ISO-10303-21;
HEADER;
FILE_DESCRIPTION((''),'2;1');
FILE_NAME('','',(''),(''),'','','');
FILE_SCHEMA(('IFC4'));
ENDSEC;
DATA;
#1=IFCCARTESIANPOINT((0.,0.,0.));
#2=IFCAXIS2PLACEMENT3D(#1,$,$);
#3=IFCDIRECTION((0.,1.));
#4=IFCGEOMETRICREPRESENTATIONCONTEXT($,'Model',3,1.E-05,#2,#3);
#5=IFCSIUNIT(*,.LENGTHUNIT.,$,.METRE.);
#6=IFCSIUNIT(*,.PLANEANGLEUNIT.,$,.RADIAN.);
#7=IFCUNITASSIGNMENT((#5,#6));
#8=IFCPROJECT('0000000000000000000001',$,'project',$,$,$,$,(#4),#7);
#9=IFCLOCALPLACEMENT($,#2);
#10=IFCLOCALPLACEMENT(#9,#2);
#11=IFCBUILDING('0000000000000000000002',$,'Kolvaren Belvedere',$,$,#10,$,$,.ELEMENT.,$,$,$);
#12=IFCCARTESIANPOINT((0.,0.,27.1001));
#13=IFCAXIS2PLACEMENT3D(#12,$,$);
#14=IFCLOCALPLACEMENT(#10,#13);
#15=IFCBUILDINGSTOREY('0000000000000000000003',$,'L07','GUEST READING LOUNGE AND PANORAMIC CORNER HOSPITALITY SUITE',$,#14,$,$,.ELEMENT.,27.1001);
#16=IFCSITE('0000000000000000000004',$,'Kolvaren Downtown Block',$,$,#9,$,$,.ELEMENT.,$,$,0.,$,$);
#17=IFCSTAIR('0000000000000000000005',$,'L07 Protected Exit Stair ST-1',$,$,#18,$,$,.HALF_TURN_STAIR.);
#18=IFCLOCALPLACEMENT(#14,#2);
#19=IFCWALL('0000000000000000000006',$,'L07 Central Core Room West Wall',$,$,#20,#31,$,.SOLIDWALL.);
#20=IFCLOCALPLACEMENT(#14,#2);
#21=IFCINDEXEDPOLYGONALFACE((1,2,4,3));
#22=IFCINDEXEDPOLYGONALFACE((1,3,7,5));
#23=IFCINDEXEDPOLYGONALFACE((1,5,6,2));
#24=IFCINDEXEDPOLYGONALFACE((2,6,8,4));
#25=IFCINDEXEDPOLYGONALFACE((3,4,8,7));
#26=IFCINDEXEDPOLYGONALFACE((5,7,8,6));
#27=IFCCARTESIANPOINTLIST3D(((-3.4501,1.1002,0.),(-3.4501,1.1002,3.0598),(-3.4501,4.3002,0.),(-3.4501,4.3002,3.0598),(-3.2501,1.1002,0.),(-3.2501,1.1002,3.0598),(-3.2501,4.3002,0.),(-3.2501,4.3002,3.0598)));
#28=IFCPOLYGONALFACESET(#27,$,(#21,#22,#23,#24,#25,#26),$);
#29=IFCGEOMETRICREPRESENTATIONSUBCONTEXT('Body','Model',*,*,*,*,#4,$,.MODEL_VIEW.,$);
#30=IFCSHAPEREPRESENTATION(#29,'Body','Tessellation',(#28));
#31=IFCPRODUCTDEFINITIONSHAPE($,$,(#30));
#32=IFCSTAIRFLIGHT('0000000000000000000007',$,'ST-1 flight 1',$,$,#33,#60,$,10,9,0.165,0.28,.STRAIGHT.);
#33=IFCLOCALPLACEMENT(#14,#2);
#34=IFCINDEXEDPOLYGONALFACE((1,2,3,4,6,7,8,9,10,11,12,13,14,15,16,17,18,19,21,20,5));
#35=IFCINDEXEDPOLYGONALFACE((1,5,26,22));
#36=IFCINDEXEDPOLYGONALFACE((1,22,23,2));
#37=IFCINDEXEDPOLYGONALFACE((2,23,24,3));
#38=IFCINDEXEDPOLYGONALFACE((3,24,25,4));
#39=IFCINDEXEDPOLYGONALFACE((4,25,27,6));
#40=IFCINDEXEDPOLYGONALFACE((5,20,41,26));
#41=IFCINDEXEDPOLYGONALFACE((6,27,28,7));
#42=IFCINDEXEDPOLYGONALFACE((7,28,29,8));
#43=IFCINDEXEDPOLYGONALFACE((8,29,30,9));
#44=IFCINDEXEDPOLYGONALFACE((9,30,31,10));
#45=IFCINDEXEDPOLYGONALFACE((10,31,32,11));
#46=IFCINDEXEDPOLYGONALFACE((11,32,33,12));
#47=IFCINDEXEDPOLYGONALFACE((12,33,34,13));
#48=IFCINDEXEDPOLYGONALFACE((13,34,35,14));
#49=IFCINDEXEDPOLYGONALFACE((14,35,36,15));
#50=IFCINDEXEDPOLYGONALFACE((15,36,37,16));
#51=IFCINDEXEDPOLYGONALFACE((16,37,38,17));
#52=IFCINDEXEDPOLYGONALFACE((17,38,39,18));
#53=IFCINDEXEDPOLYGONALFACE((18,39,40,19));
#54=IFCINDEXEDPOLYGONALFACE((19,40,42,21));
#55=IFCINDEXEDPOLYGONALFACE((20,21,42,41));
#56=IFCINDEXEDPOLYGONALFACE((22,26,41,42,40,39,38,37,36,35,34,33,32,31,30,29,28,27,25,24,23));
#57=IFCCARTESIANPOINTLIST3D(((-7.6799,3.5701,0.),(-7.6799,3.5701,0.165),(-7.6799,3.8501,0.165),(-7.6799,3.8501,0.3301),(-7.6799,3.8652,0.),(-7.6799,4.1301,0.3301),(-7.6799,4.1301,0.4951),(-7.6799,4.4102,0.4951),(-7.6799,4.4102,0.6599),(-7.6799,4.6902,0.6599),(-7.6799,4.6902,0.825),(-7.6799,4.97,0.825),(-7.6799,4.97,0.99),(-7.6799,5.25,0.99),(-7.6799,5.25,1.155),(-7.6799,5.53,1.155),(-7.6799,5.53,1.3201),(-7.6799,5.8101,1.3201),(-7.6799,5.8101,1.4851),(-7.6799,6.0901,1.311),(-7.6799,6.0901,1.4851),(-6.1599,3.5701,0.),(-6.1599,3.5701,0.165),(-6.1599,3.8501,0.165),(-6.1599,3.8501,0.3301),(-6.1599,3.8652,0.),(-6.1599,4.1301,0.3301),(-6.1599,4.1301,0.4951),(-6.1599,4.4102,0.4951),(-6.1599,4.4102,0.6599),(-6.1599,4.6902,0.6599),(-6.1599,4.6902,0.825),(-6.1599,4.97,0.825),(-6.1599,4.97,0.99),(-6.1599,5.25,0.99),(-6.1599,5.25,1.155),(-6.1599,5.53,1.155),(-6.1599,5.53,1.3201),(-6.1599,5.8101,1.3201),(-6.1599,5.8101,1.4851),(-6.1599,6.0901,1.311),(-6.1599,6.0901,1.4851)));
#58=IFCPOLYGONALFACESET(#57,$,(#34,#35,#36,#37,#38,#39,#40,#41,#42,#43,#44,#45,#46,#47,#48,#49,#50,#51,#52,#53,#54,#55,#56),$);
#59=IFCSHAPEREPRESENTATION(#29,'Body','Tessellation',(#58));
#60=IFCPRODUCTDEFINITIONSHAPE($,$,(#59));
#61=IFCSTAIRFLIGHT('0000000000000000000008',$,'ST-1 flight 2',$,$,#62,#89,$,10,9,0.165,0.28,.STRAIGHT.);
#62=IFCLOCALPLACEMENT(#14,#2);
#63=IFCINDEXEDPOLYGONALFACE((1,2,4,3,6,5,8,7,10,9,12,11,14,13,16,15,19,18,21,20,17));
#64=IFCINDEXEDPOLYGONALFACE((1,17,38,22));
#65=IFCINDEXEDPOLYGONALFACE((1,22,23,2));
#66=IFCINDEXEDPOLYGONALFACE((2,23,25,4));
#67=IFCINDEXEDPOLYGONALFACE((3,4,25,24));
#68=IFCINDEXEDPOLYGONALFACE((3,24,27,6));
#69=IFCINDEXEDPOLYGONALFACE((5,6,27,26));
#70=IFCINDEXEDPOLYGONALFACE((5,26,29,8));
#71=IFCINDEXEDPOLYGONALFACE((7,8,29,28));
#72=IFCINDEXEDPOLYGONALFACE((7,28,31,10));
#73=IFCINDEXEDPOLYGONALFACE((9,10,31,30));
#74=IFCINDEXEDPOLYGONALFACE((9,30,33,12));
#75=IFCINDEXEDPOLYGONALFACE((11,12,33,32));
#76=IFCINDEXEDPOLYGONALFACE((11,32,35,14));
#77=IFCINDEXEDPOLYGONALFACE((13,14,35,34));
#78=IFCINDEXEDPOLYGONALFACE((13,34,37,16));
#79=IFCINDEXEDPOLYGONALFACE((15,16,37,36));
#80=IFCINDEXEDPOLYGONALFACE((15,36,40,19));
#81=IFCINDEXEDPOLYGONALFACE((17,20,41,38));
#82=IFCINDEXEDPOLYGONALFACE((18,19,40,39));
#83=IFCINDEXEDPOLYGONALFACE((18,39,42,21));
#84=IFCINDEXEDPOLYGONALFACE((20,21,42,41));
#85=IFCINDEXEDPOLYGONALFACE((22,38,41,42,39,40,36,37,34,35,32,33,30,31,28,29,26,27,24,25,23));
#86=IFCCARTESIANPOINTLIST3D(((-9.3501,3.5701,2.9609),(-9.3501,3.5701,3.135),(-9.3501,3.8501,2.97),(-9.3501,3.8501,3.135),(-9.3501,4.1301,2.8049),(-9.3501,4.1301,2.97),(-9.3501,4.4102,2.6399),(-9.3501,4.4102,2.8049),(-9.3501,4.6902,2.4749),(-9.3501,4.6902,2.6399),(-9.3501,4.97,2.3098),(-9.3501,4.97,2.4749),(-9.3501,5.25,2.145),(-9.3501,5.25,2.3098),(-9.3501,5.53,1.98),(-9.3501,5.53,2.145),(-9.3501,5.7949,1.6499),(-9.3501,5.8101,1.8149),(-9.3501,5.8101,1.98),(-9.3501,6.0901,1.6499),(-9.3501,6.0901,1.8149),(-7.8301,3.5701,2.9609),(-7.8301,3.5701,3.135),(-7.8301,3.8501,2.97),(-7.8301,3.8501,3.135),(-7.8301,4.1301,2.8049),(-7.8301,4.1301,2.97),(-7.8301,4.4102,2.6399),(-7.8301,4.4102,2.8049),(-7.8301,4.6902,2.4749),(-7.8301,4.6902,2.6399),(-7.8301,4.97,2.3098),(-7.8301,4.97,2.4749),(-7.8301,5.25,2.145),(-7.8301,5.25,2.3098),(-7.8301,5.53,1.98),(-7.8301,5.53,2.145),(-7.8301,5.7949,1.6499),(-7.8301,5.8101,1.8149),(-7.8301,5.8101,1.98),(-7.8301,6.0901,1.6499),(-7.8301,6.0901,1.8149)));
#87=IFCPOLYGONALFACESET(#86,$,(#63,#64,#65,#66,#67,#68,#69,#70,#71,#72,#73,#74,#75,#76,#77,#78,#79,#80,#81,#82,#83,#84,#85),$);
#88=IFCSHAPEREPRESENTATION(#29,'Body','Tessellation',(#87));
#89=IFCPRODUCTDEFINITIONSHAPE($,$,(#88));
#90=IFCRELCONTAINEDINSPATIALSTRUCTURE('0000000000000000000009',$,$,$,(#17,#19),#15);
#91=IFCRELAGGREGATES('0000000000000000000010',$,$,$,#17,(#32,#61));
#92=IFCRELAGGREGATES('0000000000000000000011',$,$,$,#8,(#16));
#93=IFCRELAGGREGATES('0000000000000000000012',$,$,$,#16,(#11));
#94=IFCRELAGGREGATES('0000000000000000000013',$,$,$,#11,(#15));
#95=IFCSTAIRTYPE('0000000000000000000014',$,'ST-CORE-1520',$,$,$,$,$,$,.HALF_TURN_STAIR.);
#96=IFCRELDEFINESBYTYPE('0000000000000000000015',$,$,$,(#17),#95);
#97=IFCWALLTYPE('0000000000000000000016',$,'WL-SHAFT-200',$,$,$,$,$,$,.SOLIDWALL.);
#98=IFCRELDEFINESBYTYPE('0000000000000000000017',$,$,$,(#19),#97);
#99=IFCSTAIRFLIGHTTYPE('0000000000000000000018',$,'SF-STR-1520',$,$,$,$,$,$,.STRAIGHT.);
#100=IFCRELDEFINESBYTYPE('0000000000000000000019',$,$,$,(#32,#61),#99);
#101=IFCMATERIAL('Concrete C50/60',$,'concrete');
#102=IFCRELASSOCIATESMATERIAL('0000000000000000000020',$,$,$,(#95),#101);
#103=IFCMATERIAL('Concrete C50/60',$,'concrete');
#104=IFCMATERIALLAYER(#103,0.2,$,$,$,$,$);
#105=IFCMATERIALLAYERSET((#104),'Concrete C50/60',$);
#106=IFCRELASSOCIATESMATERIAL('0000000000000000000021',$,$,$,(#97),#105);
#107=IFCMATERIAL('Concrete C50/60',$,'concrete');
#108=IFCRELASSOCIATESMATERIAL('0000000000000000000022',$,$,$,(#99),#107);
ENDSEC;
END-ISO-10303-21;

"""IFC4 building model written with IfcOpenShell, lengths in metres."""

from ifc_helpers import new_model, si_unit, direction, frame, frame_2d, origin, place, context, subcontext, project, spatial, polyline, rectangle, outline, extrude, material, layer, layer_set, type_object, element, aggregate, save


model = new_model("IFC4")

# Units and contexts
model_context = context("Model", 3, precision=1e-05, world=origin(), true_north=direction((0.0, 1.0)))
body_context = subcontext(model_context, "Body", "Model", "MODEL_VIEW")
ifc_project = project(units=[si_unit("LENGTHUNIT", "METRE"), si_unit("PLANEANGLEUNIT", "RADIAN")], contexts=[model_context])

# Site, building, storey
site_placement = place(None, origin())
site = spatial("IfcSite", under=ifc_project, at=site_placement, Name="Kolvaren Downtown Block", CompositionType="ELEMENT", RefElevation=0.0)
building_placement = place(site_placement, origin())
building = spatial("IfcBuilding", under=site, at=building_placement, Name="Kolvaren Belvedere", CompositionType="ELEMENT")
storey_placement = place(building_placement, frame((0.0, 0.0, 27.1001)))
storey = spatial("IfcBuildingStorey", under=building, at=storey_placement, Name="L07", Description="GUEST READING LOUNGE AND PANORAMIC CORNER HOSPITALITY SUITE", CompositionType="ELEMENT", Elevation=27.1001)

# Stair
ifc_material_1 = material(Name="Concrete C50/60", Category="concrete")
stair_type = type_object("IfcStairType", Name="ST-CORE-1520", PredefinedType="HALF_TURN_STAIR", material=ifc_material_1)
stair_1_placement = place(storey_placement, origin())
stair_1 = element("IfcStair", 1, at=stair_1_placement, inside=storey, type_object=stair_type, Name="L07 Protected Exit Stair ST-1", PredefinedType="HALF_TURN_STAIR")

# Shared definitions
ifc_material_2 = material(Name="Concrete C50/60", Category="concrete")
ifc_layer_1 = layer(ifc_material_2, 0.2)
ifc_layer_set_1 = layer_set([ifc_layer_1], Name="Concrete C50/60")
wall_type_1 = type_object("IfcWallType", Name="WL-SHAFT-200", PredefinedType="SOLIDWALL", material=ifc_layer_set_1)

# Wall
wall_1_placement = place(storey_placement, frame((-3.3501, 1.1001, 0.0), z_axis=(0.0, 0.0, 1.0), x_axis=(0.0, 1.0, 0.0)))
element("IfcWall", 2, at=wall_1_placement, inside=storey, type_object=wall_type_1, Name="L07 Central Core Room West Wall", PredefinedType="SOLIDWALL", context=body_context, shape_type="SweptSolid", body=[
    extrude(rectangle(XDim=3.2, YDim=0.2, at=frame_2d((1.6001, 0.0))), origin(), (0.0, 0.0, 1.0), 3.0598),
])

# Stair flights
ifc_material_3 = material(Name="Concrete C50/60", Category="concrete")
stair_flight_type = type_object("IfcStairFlightType", Name="SF-STR-1520", PredefinedType="STRAIGHT", material=ifc_material_3)
stair_flight_1_placement = place(storey_placement, frame((-6.9199, 3.5701, 0.0), z_axis=(0.0, 0.0, 1.0), x_axis=(0.0, 1.0, 0.0)))
stair_flight_1 = element("IfcStairFlight", 3, at=stair_flight_1_placement, type_object=stair_flight_type, Name="ST-1 flight 1", NumberOfRisers=10, NumberOfTreads=9, PredefinedType="STRAIGHT", RiserHeight=0.165, TreadLength=0.28, context=body_context, shape_type="SweptSolid", body=[
    extrude(outline(polyline([(0.0, 0.0), (0.0, 0.165), (0.28, 0.165), (0.28, 0.3301), (0.5601, 0.3301), (0.5601, 0.4951), (0.8401, 0.4951), (0.8401, 0.6599), (1.1201, 0.6599), (1.1201, 0.825), (1.3999, 0.825), (1.3999, 0.99), (1.6799, 0.99), (1.6799, 1.155), (1.96, 1.155), (1.96, 1.3201), (2.24, 1.3201), (2.24, 1.4851), (2.52, 1.4851), (2.52, 1.6499), (2.52, 1.311), (0.2952, 0.0), (0.0, 0.0)])), frame((0.0, 0.76, 0.0), z_axis=(0.0, -1.0, 0.0), x_axis=(1.0, 0.0, 0.0)), (0.0, 0.0, 1.0), 1.52),
])
stair_flight_2_placement = place(storey_placement, frame((-8.5901, 6.0901, 1.6499), z_axis=(0.0, 0.0, 1.0), x_axis=(0.0, -1.0, 0.0)))
stair_flight_2 = element("IfcStairFlight", 4, at=stair_flight_2_placement, type_object=stair_flight_type, Name="ST-1 flight 2", NumberOfRisers=10, NumberOfTreads=9, PredefinedType="STRAIGHT", RiserHeight=0.165, TreadLength=0.28, context=body_context, shape_type="SweptSolid", body=[
    extrude(outline(polyline([(0.0, 0.0), (0.0, 0.165), (0.28, 0.165), (0.28, 0.3301), (0.5601, 0.3301), (0.5601, 0.4951), (0.8401, 0.4951), (0.8401, 0.6599), (1.1201, 0.6599), (1.1201, 0.825), (1.3999, 0.825), (1.3999, 0.99), (1.6799, 0.99), (1.6799, 1.155), (1.96, 1.155), (1.96, 1.3201), (2.24, 1.3201), (2.24, 1.4851), (2.52, 1.4851), (2.52, 1.6499), (2.52, 1.311), (0.2952, 0.0), (0.0, 0.0)])), frame((0.0, 0.76, 0.0), z_axis=(0.0, -1.0, 0.0), x_axis=(1.0, 0.0, 0.0)), (0.0, 0.0, 1.0), 1.52),
])
aggregate(stair_1, [stair_flight_1, stair_flight_2])

save(model, "model.ifc")
